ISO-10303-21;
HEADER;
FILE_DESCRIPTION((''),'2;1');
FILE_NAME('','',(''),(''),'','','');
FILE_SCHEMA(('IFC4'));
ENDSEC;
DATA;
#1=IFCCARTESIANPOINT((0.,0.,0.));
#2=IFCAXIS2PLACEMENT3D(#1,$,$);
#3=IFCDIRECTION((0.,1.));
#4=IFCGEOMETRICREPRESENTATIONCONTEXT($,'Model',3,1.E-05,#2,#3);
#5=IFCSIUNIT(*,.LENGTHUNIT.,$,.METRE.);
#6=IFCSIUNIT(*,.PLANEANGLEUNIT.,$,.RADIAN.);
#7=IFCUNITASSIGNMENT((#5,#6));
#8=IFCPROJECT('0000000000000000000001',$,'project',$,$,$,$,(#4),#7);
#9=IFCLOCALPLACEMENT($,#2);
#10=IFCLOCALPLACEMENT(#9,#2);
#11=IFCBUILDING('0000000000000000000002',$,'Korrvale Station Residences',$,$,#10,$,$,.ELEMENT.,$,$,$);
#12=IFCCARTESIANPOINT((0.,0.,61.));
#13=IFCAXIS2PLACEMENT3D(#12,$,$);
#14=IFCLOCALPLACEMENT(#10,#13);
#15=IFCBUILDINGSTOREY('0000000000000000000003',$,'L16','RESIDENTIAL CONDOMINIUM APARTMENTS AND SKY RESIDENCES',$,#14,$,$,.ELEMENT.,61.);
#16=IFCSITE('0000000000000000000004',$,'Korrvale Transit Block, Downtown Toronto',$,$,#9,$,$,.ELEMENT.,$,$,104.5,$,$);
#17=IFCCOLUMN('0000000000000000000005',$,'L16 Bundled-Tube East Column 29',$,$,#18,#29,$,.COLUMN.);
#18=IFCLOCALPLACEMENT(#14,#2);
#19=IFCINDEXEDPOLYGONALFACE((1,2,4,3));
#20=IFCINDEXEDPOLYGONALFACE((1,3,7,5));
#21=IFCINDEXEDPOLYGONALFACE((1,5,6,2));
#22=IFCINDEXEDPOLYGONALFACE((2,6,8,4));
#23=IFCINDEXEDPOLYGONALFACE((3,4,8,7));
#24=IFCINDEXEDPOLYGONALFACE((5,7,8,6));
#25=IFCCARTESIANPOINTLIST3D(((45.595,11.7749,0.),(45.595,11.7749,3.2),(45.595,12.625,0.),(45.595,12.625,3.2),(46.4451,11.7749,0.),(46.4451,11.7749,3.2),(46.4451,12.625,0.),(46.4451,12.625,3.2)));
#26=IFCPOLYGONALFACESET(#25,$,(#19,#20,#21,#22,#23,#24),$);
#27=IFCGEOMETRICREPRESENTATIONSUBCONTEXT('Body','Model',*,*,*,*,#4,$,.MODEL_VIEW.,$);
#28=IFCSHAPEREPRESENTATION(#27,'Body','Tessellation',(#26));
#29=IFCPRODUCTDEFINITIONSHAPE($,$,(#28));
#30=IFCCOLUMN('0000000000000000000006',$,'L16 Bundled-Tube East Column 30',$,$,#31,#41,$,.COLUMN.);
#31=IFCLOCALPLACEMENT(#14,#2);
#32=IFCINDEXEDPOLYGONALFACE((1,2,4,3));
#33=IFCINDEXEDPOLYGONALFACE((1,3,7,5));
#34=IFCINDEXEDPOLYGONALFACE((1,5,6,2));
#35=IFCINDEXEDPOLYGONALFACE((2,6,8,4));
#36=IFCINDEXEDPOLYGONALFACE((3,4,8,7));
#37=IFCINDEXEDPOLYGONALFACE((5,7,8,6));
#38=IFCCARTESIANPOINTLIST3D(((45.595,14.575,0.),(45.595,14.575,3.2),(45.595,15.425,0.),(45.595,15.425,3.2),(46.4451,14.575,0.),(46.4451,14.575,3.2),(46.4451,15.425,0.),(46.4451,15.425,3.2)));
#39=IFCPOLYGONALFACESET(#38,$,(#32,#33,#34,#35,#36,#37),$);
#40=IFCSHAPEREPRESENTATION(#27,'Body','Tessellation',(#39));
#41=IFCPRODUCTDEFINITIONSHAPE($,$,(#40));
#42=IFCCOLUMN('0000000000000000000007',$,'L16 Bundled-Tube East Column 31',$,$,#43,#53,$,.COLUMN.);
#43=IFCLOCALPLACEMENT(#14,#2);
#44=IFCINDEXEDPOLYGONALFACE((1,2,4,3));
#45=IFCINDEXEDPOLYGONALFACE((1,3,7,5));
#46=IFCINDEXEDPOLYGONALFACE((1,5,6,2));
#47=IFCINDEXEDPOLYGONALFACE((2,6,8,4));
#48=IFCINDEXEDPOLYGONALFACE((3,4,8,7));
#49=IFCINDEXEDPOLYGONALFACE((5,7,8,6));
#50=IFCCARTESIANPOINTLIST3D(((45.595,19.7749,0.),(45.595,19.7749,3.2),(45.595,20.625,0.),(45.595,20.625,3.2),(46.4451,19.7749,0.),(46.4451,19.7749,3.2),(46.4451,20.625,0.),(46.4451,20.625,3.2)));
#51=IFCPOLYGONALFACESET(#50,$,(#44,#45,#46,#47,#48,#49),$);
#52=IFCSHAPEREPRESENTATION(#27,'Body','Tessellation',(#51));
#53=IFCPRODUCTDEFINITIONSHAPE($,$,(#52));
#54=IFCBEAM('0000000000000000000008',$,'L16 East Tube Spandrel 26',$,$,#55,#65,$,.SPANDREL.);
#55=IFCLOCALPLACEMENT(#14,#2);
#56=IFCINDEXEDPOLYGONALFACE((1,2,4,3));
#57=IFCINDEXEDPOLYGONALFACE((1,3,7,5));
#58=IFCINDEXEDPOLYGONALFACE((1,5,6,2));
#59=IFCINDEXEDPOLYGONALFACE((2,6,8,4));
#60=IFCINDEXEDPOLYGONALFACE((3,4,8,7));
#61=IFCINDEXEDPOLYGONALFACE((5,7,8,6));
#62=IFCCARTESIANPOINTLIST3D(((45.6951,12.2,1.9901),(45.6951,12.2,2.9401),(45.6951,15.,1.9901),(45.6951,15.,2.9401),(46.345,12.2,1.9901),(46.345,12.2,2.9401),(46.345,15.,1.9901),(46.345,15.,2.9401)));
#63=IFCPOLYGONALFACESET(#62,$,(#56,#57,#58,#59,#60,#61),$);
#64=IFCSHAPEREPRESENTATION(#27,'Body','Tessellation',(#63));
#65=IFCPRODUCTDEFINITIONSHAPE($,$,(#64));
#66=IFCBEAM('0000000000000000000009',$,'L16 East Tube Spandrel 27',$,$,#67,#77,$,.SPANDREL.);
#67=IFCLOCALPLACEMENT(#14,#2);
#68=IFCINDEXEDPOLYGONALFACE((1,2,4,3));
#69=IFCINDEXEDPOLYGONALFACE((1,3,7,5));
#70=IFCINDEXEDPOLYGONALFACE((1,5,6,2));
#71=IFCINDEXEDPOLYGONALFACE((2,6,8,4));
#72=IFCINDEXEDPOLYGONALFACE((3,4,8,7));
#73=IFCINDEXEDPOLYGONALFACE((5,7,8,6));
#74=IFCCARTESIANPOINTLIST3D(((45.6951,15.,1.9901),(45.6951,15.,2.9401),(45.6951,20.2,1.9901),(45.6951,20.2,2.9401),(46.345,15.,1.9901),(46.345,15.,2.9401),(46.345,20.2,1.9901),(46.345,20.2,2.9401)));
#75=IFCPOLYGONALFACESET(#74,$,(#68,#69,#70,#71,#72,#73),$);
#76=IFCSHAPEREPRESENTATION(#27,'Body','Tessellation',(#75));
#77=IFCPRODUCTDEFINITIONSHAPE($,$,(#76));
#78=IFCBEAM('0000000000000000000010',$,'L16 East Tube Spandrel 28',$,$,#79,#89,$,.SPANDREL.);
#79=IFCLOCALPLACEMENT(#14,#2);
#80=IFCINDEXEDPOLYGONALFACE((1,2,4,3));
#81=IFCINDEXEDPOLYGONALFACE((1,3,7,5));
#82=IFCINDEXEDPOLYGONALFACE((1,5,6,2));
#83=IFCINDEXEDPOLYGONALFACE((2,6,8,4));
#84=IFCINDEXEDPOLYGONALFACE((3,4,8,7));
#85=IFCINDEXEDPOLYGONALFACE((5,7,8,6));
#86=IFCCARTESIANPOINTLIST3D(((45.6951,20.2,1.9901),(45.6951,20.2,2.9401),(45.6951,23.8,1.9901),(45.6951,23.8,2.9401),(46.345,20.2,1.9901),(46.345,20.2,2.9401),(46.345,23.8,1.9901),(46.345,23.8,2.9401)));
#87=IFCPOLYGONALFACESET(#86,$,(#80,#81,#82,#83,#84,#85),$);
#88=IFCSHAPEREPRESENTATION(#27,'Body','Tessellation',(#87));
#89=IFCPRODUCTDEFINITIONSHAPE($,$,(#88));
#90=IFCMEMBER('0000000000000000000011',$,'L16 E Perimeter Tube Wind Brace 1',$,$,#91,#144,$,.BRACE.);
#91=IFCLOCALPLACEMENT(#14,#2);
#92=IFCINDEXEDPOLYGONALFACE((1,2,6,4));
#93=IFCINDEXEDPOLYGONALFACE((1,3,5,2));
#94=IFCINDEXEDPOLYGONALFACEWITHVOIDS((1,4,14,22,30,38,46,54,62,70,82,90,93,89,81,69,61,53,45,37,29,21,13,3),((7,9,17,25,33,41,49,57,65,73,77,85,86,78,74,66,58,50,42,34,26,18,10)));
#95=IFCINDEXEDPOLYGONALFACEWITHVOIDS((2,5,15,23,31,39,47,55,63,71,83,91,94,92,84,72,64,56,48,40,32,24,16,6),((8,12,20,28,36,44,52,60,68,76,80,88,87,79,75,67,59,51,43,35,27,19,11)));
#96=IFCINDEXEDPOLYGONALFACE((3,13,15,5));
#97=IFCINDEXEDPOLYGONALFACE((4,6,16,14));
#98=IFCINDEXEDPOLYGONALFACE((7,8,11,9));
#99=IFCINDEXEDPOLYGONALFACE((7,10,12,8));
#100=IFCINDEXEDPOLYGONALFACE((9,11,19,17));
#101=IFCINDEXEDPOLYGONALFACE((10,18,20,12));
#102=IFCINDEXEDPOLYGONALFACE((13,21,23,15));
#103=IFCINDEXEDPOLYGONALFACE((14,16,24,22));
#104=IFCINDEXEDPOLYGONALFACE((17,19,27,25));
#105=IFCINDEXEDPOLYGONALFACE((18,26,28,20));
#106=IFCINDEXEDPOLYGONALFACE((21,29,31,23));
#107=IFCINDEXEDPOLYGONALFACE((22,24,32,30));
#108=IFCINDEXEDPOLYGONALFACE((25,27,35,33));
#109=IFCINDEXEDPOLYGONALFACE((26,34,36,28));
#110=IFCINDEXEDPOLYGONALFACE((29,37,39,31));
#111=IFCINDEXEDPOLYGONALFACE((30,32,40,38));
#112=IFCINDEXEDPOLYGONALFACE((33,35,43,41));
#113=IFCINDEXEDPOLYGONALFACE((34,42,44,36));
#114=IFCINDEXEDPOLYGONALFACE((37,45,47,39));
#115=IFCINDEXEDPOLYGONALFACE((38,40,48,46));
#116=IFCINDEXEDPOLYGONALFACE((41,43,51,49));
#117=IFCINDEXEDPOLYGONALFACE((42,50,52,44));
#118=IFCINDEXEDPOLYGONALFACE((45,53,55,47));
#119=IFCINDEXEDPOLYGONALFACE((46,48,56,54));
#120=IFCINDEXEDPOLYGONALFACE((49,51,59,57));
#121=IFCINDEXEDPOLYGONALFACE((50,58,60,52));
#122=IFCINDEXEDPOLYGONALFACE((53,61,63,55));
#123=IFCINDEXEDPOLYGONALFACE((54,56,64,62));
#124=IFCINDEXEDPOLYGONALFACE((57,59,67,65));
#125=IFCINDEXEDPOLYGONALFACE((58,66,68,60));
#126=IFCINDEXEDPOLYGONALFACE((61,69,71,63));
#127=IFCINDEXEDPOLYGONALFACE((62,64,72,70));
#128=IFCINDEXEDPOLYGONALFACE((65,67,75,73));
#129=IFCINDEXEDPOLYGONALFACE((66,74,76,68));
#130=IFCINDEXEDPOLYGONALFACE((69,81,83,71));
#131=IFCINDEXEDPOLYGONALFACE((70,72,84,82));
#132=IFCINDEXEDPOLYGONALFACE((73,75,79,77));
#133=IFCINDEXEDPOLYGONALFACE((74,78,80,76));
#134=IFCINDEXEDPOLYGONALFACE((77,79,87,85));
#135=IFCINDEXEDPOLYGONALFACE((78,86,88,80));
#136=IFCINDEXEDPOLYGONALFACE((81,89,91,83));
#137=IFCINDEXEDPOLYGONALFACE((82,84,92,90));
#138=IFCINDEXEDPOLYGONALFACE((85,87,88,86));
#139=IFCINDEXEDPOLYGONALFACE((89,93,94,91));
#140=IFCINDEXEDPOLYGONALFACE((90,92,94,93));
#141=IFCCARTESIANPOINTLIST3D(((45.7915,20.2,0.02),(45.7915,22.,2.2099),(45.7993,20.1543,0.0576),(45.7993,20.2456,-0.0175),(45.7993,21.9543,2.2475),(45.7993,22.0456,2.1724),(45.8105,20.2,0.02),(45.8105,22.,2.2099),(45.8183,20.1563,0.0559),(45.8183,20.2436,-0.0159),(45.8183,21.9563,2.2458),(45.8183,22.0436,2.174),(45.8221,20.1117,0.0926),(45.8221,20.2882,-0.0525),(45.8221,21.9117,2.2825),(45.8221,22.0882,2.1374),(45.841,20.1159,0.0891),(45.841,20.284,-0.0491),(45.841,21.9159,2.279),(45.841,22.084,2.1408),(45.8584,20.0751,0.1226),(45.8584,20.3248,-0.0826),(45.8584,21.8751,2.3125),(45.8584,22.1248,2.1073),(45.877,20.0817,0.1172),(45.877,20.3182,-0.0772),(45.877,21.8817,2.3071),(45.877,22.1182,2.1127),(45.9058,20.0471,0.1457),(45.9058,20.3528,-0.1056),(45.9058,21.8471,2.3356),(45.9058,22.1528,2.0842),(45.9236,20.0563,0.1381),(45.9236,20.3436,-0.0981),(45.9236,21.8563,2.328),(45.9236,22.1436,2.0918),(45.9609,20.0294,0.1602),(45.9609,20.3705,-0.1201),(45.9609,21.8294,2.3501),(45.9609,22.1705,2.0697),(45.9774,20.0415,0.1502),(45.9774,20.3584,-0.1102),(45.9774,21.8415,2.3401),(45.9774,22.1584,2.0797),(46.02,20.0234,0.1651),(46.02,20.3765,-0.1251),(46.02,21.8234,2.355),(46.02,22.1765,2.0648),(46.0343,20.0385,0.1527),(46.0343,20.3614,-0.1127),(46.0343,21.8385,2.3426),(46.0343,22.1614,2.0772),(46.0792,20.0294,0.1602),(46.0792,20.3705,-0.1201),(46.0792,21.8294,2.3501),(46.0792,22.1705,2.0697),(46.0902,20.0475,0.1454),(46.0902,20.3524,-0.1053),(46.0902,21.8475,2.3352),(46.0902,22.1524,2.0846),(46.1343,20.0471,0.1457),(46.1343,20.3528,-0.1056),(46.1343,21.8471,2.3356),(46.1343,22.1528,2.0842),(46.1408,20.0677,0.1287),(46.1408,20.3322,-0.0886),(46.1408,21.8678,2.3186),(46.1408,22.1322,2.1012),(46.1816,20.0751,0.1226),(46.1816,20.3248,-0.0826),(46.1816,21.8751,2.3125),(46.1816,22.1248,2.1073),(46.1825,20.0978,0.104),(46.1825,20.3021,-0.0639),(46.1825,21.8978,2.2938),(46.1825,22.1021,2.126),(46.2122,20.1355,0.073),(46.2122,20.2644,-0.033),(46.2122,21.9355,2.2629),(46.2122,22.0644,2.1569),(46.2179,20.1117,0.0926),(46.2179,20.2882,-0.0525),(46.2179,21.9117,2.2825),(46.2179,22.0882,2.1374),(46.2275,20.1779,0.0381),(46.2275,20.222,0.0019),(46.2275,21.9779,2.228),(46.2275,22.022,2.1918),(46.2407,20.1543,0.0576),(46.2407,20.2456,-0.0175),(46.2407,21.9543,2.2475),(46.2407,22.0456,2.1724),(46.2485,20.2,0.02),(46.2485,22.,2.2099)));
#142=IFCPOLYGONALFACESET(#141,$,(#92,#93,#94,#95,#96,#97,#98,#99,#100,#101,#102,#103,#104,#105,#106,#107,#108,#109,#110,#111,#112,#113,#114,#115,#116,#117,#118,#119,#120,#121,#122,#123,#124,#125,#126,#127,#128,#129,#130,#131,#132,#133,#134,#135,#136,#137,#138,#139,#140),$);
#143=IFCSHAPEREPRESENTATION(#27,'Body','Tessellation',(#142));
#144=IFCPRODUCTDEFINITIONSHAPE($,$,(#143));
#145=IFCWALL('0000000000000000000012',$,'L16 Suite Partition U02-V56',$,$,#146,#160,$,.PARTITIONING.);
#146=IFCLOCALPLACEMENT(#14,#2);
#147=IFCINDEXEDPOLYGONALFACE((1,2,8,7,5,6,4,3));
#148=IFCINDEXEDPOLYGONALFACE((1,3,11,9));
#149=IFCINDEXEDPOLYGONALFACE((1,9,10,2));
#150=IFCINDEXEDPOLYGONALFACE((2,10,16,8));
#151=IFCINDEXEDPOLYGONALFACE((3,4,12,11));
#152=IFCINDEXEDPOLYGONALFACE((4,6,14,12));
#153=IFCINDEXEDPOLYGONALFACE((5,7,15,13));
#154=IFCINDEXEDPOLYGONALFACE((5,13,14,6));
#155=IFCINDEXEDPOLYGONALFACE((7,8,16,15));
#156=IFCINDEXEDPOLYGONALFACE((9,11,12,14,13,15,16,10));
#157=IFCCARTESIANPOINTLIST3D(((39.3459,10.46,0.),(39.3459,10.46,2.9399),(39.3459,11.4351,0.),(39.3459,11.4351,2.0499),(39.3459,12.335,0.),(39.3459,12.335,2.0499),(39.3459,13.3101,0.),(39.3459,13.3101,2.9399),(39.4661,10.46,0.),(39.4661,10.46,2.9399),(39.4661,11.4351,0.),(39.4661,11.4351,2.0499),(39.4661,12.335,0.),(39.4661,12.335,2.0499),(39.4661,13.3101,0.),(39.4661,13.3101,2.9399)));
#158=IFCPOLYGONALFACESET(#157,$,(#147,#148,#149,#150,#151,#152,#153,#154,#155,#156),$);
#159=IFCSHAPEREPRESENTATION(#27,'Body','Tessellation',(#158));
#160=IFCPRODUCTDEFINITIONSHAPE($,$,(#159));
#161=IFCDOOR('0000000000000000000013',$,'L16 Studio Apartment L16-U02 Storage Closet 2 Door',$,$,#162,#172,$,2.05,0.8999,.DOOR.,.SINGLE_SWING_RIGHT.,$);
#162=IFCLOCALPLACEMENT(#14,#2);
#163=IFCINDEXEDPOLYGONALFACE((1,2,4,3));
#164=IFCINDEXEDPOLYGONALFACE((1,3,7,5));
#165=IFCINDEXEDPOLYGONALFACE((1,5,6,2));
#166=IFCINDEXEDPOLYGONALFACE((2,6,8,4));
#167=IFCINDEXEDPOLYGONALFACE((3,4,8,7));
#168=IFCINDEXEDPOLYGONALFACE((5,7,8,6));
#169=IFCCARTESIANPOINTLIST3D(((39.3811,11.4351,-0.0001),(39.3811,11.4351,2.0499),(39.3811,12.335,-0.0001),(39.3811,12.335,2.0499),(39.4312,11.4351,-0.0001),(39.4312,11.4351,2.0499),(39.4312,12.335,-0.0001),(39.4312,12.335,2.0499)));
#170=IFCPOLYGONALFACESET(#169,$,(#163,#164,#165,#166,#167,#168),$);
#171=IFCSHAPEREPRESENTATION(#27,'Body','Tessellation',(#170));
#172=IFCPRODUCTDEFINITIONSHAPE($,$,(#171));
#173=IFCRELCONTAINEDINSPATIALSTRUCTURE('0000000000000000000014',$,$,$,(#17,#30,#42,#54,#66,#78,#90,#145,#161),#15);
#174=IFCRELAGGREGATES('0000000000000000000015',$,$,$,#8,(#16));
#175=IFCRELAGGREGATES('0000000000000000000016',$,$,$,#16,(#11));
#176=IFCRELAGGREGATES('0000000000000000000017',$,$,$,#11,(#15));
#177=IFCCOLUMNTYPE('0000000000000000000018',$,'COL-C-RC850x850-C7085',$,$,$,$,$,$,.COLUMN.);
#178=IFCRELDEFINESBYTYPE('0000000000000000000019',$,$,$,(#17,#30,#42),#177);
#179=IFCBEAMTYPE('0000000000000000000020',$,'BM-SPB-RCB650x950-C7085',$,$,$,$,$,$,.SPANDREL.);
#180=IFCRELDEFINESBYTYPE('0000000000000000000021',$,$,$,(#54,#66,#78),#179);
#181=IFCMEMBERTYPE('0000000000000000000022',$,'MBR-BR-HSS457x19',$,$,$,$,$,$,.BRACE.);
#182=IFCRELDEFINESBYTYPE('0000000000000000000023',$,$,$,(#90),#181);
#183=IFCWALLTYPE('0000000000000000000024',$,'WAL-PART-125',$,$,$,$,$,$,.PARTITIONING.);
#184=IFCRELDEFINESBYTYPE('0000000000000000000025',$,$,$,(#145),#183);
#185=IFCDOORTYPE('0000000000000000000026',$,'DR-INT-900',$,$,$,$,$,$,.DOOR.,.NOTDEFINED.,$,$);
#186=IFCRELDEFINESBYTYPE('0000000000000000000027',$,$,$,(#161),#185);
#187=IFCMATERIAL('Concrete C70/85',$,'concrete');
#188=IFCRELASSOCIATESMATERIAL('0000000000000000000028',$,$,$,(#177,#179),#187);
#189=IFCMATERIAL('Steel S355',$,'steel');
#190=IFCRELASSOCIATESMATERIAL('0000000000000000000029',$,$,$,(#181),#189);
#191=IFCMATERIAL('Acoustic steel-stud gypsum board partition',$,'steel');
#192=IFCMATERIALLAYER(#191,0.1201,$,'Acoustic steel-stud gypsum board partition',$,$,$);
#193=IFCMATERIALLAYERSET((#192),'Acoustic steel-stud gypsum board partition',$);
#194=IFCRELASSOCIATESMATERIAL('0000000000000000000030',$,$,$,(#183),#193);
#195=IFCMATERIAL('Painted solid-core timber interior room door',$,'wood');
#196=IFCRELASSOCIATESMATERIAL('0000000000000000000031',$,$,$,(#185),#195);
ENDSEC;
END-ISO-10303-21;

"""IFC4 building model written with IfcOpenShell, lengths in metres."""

from ifc_helpers import new_model, si_unit, direction, frame, frame_2d, origin, origin_2d, place, context, subcontext, project, spatial, rectangle, hollow_circle, extrude, material, layer, layer_set, material_profile, profile_set, type_object, element, fill, save


model = new_model("IFC4")

# Units and contexts
model_context = context("Model", 3, precision=1e-05, world=origin(), true_north=direction((0.0, 1.0)))
body_context = subcontext(model_context, "Body", "Model", "MODEL_VIEW")
ifc_project = project(units=[si_unit("LENGTHUNIT", "METRE"), si_unit("PLANEANGLEUNIT", "RADIAN")], contexts=[model_context])

# Site, building, storey
site_placement = place(None, origin())
site = spatial("IfcSite", under=ifc_project, at=site_placement, Name="Korrvale Transit Block, Downtown Toronto", CompositionType="ELEMENT", RefElevation=104.5)
building_placement = place(site_placement, origin())
building = spatial("IfcBuilding", under=site, at=building_placement, Name="Korrvale Station Residences", CompositionType="ELEMENT")
storey_placement = place(building_placement, frame((0.0, 0.0, 61.0)))
storey = spatial("IfcBuildingStorey", under=building, at=storey_placement, Name="L16", Description="RESIDENTIAL CONDOMINIUM APARTMENTS AND SKY RESIDENCES", CompositionType="ELEMENT", Elevation=61.0)

# Columns
ifc_material_1 = material(Name="Concrete C70/85", Category="concrete")
ifc_material_profile_1 = material_profile(ifc_material_1, rectangle(XDim=0.8501, YDim=0.8501, at=origin_2d()), Name="RC850x850")
ifc_profile_set_1 = profile_set([ifc_material_profile_1], Name="Concrete C70/85")
column_type = type_object("IfcColumnType", Name="COL-C-RC850x850-C7085", PredefinedType="COLUMN", material=ifc_profile_set_1)
for number, where, z_axis, x_axis, name in (
    (1, (46.02, 12.2, 0.0), (0.0, 0.0, 1.0), (1.0, 0.0, 0.0), "L16 Bundled-Tube East Column 29"),
    (2, (46.02, 15.0, 0.0), (0.0, 0.0, 1.0), (1.0, 0.0, 0.0), "L16 Bundled-Tube East Column 30"),
    (3, (46.02, 20.2, 0.0), (0.0, 0.0, 1.0), (1.0, 0.0, 0.0), "L16 Bundled-Tube East Column 31"),
):
    element("IfcColumn", number, at=place(storey_placement, frame(where, z_axis=z_axis, x_axis=x_axis)), inside=storey, type_object=column_type, Name=name, PredefinedType="COLUMN", context=body_context, shape_type="SweptSolid", body=[
        extrude(rectangle(XDim=0.8501, YDim=0.8501, at=origin_2d()), origin(), (0.0, 0.0, 1.0), 3.2),
    ])

# Beams
ifc_material_profile_2 = material_profile(ifc_material_1, rectangle(XDim=0.6499, YDim=0.95, at=origin_2d()), Name="RCB650x950")
ifc_profile_set_2 = profile_set([ifc_material_profile_2], Name="Concrete C70/85")
beam_type = type_object("IfcBeamType", Name="BM-SPB-RCB650x950-C7085", PredefinedType="SPANDREL", material=ifc_profile_set_2)
beam_1_placement = place(storey_placement, frame((46.02, 12.2, 2.4651), z_axis=(0.0, 1.0, 0.0), x_axis=(-1.0, 0.0, 0.0)))
element("IfcBeam", 4, at=beam_1_placement, inside=storey, type_object=beam_type, Name="L16 East Tube Spandrel 26", PredefinedType="SPANDREL", context=body_context, shape_type="SweptSolid", body=[
    extrude(rectangle(XDim=0.6499, YDim=0.95, at=origin_2d()), origin(), (0.0, 0.0, 1.0), 2.8),
])
beam_2_placement = place(storey_placement, frame((46.02, 15.0, 2.4651), z_axis=(0.0, 1.0, 0.0), x_axis=(-1.0, 0.0, 0.0)))
element("IfcBeam", 5, at=beam_2_placement, inside=storey, type_object=beam_type, Name="L16 East Tube Spandrel 27", PredefinedType="SPANDREL", context=body_context, shape_type="SweptSolid", body=[
    extrude(rectangle(XDim=0.6499, YDim=0.95, at=origin_2d()), origin(), (0.0, 0.0, 1.0), 5.2),
])
beam_3_placement = place(storey_placement, frame((46.02, 20.2, 2.4651), z_axis=(0.0, 1.0, 0.0), x_axis=(-1.0, 0.0, 0.0)))
element("IfcBeam", 6, at=beam_3_placement, inside=storey, type_object=beam_type, Name="L16 East Tube Spandrel 28", PredefinedType="SPANDREL", context=body_context, shape_type="SweptSolid", body=[
    extrude(rectangle(XDim=0.6499, YDim=0.95, at=origin_2d()), origin(), (0.0, 0.0, 1.0), 3.6001),
])

# Member
ifc_material_2 = material(Name="Steel S355", Category="steel")
ifc_material_profile_3 = material_profile(ifc_material_2, hollow_circle(Radius=0.2285, WallThickness=0.019, at=origin_2d()), Name="HSS457x19")
ifc_profile_set_3 = profile_set([ifc_material_profile_3], Name="Steel S355")
member_type = type_object("IfcMemberType", Name="MBR-BR-HSS457x19", PredefinedType="BRACE", material=ifc_profile_set_3)
member_placement = place(storey_placement, frame((46.02, 20.2, 0.02), z_axis=(0.0, 0.634985, 0.772524), x_axis=(-1.0, 0.0, 0.0)))
element("IfcMember", 7, at=member_placement, inside=storey, type_object=member_type, Name="L16 E Perimeter Tube Wind Brace 1", PredefinedType="BRACE", context=body_context, shape_type="SweptSolid", body=[
    extrude(hollow_circle(Radius=0.2285, WallThickness=0.019, at=origin_2d()), origin(), (0.0, 0.0, 1.0), 2.8347),
])

# Wall, opening, door
ifc_material_3 = material(Name="Acoustic steel-stud gypsum board partition", Category="steel")
ifc_layer_1 = layer(ifc_material_3, 0.1201, Name="Acoustic steel-stud gypsum board partition")
ifc_layer_set_1 = layer_set([ifc_layer_1], Name="Acoustic steel-stud gypsum board partition")
wall_type_1 = type_object("IfcWallType", Name="WAL-PART-125", PredefinedType="PARTITIONING", material=ifc_layer_set_1)
wall_1_placement = place(storey_placement, frame((39.406, 10.46, 0.0), z_axis=(0.0, 0.0, 1.0), x_axis=(0.0, 1.0, 0.0)))
wall_1 = element("IfcWall", 8, at=wall_1_placement, inside=storey, type_object=wall_type_1, Name="L16 Suite Partition U02-V56", PredefinedType="PARTITIONING", context=body_context, shape_type="SweptSolid", body=[
    extrude(rectangle(XDim=2.8501, YDim=0.1201, at=frame_2d((1.425, 0.0))), origin(), (0.0, 0.0, 1.0), 2.9399),
])
opening_1_placement = place(wall_1_placement, frame((0.9751, 0.0, 0.0)))
opening_1 = element("IfcOpeningElement", 9, at=opening_1_placement, cuts=wall_1, PredefinedType="OPENING", context=body_context, shape_type="SweptSolid", body=[
    extrude(rectangle(XDim=0.8999, YDim=2.05, at=frame_2d((0.45, 1.0249))), frame((0.0, 0.0701, 0.0), z_axis=(0.0, -1.0, 0.0), x_axis=(1.0, 0.0, 0.0)), (0.0, 0.0, 1.0), 0.1401),
])
ifc_material_4 = material(Name="Painted solid-core timber interior room door", Category="wood")
door_type = type_object("IfcDoorType", Name="DR-INT-900", OperationType="NOTDEFINED", PredefinedType="DOOR", material=ifc_material_4)
door_1_placement = place(opening_1_placement, origin())
door_1 = element("IfcDoor", 10, at=door_1_placement, inside=storey, type_object=door_type, Name="L16 Studio Apartment L16-U02 Storage Closet 2 Door", OperationType="SINGLE_SWING_RIGHT", OverallHeight=2.05, OverallWidth=0.8999, PredefinedType="DOOR", context=body_context, shape_type="SweptSolid", body=[
    extrude(rectangle(XDim=0.8999, YDim=2.05, at=frame_2d((0.45, 1.0249))), frame((0.0, 0.0249, 0.0), z_axis=(0.0, -1.0, 0.0), x_axis=(1.0, 0.0, 0.0)), (0.0, 0.0, 1.0), 0.05),
])
fill(opening_1, door_1)

save(model, "model.ifc")
